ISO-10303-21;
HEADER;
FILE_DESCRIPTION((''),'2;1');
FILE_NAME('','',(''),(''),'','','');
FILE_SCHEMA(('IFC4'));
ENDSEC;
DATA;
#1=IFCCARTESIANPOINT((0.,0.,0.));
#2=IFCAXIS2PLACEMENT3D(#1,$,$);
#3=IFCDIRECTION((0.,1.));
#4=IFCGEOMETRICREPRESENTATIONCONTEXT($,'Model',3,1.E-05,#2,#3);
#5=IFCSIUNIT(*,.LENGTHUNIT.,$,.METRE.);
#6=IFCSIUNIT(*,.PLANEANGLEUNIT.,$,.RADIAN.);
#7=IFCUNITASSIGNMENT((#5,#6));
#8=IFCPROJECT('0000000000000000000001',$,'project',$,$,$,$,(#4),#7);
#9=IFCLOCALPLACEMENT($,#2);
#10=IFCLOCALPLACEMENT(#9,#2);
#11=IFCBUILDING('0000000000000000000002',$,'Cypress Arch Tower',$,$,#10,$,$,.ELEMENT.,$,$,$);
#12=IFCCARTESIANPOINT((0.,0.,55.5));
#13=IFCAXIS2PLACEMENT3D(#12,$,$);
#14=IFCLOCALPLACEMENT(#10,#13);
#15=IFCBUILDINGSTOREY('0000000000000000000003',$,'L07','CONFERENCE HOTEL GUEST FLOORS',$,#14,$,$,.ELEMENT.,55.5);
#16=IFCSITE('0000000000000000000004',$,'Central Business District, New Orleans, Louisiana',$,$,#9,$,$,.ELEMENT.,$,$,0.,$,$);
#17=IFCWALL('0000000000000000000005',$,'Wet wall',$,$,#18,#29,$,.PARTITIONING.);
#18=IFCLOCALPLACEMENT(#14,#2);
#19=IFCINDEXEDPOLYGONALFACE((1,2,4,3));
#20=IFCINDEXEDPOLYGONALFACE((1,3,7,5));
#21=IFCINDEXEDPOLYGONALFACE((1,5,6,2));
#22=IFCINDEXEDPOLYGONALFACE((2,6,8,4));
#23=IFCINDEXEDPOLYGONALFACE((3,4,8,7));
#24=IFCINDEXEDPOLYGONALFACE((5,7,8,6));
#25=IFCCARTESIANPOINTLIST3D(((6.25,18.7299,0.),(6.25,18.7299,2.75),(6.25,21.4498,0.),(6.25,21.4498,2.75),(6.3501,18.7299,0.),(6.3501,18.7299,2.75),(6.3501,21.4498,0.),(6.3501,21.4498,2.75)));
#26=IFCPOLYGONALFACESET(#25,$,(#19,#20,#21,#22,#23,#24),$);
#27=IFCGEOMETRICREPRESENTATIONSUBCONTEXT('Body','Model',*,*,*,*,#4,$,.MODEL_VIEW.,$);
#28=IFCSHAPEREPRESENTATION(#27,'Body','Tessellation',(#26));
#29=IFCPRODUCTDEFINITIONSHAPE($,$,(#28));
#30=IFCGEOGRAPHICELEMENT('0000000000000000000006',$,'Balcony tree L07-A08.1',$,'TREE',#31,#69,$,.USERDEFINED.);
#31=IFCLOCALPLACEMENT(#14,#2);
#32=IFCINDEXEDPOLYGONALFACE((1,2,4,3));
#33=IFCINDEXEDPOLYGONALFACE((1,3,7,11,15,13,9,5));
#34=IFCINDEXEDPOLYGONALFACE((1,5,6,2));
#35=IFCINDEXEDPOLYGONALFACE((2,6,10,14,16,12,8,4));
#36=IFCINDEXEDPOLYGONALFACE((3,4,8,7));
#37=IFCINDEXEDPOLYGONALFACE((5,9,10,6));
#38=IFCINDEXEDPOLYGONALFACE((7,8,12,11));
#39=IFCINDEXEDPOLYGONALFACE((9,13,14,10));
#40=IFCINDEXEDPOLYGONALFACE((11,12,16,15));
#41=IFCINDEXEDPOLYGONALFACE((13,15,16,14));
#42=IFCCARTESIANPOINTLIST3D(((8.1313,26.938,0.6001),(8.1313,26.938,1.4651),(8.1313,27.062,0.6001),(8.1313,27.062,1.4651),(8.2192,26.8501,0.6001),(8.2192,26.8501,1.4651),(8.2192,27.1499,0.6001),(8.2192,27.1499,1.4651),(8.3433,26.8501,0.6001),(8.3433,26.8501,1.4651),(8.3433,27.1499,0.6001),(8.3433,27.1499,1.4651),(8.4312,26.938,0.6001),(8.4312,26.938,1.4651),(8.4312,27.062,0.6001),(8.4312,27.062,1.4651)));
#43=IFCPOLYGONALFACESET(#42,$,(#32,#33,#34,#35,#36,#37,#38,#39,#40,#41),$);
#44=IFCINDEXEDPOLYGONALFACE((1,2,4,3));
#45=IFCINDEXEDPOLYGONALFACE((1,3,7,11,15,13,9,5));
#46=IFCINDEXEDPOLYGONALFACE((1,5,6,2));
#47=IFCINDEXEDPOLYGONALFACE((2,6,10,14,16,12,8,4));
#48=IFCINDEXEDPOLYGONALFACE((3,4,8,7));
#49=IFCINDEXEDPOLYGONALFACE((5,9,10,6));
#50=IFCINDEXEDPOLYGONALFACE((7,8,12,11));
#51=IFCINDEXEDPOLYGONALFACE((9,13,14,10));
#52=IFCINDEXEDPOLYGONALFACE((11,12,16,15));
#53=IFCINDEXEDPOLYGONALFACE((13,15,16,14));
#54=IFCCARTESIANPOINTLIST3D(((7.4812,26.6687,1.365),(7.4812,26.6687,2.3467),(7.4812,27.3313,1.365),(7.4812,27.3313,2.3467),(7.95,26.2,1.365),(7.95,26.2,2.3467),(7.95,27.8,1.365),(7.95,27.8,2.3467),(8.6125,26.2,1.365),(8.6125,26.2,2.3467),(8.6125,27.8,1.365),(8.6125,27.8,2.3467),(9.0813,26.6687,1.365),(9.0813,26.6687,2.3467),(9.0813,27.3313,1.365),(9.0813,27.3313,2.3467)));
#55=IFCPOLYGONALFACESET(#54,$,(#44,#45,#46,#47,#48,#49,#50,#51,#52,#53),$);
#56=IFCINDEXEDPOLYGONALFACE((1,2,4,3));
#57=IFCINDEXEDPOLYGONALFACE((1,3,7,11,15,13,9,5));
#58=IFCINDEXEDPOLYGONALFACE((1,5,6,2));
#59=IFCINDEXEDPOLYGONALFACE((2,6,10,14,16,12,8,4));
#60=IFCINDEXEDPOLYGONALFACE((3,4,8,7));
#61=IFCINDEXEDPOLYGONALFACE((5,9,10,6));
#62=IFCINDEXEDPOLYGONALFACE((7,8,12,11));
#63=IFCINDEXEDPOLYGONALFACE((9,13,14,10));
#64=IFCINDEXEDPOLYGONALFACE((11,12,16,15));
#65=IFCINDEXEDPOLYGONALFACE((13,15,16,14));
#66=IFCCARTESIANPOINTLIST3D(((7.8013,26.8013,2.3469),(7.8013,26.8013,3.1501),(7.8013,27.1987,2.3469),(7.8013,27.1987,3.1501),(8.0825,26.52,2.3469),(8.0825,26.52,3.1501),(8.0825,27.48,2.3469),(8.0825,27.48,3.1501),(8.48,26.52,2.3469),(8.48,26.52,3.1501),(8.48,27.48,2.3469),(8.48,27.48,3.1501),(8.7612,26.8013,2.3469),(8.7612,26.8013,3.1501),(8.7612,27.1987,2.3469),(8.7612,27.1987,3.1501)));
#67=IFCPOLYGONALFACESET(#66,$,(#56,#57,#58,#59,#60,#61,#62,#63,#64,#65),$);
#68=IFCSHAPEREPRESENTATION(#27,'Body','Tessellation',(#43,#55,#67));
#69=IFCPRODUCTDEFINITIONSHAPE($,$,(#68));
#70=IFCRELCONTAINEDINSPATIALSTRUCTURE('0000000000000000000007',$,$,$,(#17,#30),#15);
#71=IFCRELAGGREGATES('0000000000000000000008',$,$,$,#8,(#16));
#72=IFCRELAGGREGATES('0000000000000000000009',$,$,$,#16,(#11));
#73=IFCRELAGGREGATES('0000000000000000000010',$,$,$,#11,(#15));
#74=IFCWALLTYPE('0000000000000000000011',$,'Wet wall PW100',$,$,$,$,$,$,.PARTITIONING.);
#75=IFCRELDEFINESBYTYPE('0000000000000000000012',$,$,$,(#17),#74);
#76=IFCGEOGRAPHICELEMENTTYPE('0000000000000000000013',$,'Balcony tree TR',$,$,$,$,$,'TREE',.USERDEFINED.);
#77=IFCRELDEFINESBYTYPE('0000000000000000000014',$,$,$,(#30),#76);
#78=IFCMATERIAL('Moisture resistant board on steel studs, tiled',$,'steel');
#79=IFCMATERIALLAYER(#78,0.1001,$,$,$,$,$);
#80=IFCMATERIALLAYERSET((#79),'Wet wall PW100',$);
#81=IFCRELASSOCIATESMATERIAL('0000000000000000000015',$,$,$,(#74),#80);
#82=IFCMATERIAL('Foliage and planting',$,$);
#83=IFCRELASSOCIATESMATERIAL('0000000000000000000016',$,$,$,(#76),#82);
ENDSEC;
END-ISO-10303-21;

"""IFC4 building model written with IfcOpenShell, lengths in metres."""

from ifc_helpers import new_model, si_unit, direction, frame, frame_2d, origin, place, context, subcontext, project, spatial, polyline, rectangle, outline, extrude, material, layer, layer_set, type_object, element, save


model = new_model("IFC4")

# Units and contexts
model_context = context("Model", 3, precision=1e-05, world=origin(), true_north=direction((0.0, 1.0)))
body_context = subcontext(model_context, "Body", "Model", "MODEL_VIEW")
ifc_project = project(units=[si_unit("LENGTHUNIT", "METRE"), si_unit("PLANEANGLEUNIT", "RADIAN")], contexts=[model_context])

# Site, building, storey
site_placement = place(None, origin())
site = spatial("IfcSite", under=ifc_project, at=site_placement, Name="Central Business District, New Orleans, Louisiana", CompositionType="ELEMENT", RefElevation=0.0)
building_placement = place(site_placement, origin())
building = spatial("IfcBuilding", under=site, at=building_placement, Name="Cypress Arch Tower", CompositionType="ELEMENT")
storey_placement = place(building_placement, frame((0.0, 0.0, 55.5)))
storey = spatial("IfcBuildingStorey", under=building, at=storey_placement, Name="L07", Description="CONFERENCE HOTEL GUEST FLOORS", CompositionType="ELEMENT", Elevation=55.5)

# Wall
ifc_material_1 = material(Name="Moisture resistant board on steel studs, tiled", Category="steel")
ifc_layer_1 = layer(ifc_material_1, 0.1001)
ifc_layer_set_1 = layer_set([ifc_layer_1], Name="Wet wall PW100")
wall_type_1 = type_object("IfcWallType", Name="Wet wall PW100", PredefinedType="PARTITIONING", material=ifc_layer_set_1)
wall_1_placement = place(storey_placement, frame((6.3, 18.73, 0.0), z_axis=(0.0, 0.0, 1.0), x_axis=(0.0, 1.0, 0.0)))
element("IfcWall", 1, at=wall_1_placement, inside=storey, type_object=wall_type_1, Name="Wet wall", PredefinedType="PARTITIONING", context=body_context, shape_type="SweptSolid", body=[
    extrude(rectangle(XDim=2.72, YDim=0.1001, at=frame_2d((1.3599, 0.0))), origin(), (0.0, 0.0, 1.0), 2.75),
])

# Geographic element
ifc_material_2 = material(Name="Foliage and planting")
geographic_element_type = type_object("IfcGeographicElementType", Name="Balcony tree TR", ElementType="TREE", PredefinedType="USERDEFINED", material=ifc_material_2)
geographic_element_placement = place(storey_placement, frame((8.2812, 27.0, 0.6001), z_axis=(0.0, 0.0, 1.0), x_axis=(1.0, 0.0, 0.0)))
element("IfcGeographicElement", 2, at=geographic_element_placement, inside=storey, type_object=geographic_element_type, Name="Balcony tree L07-A08.1", ObjectType="TREE", PredefinedType="USERDEFINED", context=body_context, shape_type="SweptSolid", body=[
    extrude(outline(polyline([(0.1499, 0.062), (0.062, 0.1499), (-0.062, 0.1499), (-0.1499, 0.062), (-0.1499, -0.062), (-0.062, -0.1499), (0.062, -0.1499), (0.1499, -0.062), (0.1499, 0.062)])), origin(), (0.0, 0.0, 1.0), 0.865),
    extrude(outline(polyline([(0.8, 0.3313), (0.3313, 0.8), (-0.3313, 0.8), (-0.8, 0.3313), (-0.8, -0.3313), (-0.3313, -0.8), (0.3313, -0.8), (0.8, -0.3313), (0.8, 0.3313)])), frame((0.0, 0.0, 0.7649)), (0.0, 0.0, 1.0), 0.9817),
    extrude(outline(polyline([(0.48, 0.1987), (0.1987, 0.48), (-0.1987, 0.48), (-0.48, 0.1987), (-0.48, -0.1987), (-0.1987, -0.48), (0.1987, -0.48), (0.48, -0.1987), (0.48, 0.1987)])), frame((0.0, 0.0, 1.7468)), (0.0, 0.0, 1.0), 0.8032),
])

save(model, "model.ifc")
